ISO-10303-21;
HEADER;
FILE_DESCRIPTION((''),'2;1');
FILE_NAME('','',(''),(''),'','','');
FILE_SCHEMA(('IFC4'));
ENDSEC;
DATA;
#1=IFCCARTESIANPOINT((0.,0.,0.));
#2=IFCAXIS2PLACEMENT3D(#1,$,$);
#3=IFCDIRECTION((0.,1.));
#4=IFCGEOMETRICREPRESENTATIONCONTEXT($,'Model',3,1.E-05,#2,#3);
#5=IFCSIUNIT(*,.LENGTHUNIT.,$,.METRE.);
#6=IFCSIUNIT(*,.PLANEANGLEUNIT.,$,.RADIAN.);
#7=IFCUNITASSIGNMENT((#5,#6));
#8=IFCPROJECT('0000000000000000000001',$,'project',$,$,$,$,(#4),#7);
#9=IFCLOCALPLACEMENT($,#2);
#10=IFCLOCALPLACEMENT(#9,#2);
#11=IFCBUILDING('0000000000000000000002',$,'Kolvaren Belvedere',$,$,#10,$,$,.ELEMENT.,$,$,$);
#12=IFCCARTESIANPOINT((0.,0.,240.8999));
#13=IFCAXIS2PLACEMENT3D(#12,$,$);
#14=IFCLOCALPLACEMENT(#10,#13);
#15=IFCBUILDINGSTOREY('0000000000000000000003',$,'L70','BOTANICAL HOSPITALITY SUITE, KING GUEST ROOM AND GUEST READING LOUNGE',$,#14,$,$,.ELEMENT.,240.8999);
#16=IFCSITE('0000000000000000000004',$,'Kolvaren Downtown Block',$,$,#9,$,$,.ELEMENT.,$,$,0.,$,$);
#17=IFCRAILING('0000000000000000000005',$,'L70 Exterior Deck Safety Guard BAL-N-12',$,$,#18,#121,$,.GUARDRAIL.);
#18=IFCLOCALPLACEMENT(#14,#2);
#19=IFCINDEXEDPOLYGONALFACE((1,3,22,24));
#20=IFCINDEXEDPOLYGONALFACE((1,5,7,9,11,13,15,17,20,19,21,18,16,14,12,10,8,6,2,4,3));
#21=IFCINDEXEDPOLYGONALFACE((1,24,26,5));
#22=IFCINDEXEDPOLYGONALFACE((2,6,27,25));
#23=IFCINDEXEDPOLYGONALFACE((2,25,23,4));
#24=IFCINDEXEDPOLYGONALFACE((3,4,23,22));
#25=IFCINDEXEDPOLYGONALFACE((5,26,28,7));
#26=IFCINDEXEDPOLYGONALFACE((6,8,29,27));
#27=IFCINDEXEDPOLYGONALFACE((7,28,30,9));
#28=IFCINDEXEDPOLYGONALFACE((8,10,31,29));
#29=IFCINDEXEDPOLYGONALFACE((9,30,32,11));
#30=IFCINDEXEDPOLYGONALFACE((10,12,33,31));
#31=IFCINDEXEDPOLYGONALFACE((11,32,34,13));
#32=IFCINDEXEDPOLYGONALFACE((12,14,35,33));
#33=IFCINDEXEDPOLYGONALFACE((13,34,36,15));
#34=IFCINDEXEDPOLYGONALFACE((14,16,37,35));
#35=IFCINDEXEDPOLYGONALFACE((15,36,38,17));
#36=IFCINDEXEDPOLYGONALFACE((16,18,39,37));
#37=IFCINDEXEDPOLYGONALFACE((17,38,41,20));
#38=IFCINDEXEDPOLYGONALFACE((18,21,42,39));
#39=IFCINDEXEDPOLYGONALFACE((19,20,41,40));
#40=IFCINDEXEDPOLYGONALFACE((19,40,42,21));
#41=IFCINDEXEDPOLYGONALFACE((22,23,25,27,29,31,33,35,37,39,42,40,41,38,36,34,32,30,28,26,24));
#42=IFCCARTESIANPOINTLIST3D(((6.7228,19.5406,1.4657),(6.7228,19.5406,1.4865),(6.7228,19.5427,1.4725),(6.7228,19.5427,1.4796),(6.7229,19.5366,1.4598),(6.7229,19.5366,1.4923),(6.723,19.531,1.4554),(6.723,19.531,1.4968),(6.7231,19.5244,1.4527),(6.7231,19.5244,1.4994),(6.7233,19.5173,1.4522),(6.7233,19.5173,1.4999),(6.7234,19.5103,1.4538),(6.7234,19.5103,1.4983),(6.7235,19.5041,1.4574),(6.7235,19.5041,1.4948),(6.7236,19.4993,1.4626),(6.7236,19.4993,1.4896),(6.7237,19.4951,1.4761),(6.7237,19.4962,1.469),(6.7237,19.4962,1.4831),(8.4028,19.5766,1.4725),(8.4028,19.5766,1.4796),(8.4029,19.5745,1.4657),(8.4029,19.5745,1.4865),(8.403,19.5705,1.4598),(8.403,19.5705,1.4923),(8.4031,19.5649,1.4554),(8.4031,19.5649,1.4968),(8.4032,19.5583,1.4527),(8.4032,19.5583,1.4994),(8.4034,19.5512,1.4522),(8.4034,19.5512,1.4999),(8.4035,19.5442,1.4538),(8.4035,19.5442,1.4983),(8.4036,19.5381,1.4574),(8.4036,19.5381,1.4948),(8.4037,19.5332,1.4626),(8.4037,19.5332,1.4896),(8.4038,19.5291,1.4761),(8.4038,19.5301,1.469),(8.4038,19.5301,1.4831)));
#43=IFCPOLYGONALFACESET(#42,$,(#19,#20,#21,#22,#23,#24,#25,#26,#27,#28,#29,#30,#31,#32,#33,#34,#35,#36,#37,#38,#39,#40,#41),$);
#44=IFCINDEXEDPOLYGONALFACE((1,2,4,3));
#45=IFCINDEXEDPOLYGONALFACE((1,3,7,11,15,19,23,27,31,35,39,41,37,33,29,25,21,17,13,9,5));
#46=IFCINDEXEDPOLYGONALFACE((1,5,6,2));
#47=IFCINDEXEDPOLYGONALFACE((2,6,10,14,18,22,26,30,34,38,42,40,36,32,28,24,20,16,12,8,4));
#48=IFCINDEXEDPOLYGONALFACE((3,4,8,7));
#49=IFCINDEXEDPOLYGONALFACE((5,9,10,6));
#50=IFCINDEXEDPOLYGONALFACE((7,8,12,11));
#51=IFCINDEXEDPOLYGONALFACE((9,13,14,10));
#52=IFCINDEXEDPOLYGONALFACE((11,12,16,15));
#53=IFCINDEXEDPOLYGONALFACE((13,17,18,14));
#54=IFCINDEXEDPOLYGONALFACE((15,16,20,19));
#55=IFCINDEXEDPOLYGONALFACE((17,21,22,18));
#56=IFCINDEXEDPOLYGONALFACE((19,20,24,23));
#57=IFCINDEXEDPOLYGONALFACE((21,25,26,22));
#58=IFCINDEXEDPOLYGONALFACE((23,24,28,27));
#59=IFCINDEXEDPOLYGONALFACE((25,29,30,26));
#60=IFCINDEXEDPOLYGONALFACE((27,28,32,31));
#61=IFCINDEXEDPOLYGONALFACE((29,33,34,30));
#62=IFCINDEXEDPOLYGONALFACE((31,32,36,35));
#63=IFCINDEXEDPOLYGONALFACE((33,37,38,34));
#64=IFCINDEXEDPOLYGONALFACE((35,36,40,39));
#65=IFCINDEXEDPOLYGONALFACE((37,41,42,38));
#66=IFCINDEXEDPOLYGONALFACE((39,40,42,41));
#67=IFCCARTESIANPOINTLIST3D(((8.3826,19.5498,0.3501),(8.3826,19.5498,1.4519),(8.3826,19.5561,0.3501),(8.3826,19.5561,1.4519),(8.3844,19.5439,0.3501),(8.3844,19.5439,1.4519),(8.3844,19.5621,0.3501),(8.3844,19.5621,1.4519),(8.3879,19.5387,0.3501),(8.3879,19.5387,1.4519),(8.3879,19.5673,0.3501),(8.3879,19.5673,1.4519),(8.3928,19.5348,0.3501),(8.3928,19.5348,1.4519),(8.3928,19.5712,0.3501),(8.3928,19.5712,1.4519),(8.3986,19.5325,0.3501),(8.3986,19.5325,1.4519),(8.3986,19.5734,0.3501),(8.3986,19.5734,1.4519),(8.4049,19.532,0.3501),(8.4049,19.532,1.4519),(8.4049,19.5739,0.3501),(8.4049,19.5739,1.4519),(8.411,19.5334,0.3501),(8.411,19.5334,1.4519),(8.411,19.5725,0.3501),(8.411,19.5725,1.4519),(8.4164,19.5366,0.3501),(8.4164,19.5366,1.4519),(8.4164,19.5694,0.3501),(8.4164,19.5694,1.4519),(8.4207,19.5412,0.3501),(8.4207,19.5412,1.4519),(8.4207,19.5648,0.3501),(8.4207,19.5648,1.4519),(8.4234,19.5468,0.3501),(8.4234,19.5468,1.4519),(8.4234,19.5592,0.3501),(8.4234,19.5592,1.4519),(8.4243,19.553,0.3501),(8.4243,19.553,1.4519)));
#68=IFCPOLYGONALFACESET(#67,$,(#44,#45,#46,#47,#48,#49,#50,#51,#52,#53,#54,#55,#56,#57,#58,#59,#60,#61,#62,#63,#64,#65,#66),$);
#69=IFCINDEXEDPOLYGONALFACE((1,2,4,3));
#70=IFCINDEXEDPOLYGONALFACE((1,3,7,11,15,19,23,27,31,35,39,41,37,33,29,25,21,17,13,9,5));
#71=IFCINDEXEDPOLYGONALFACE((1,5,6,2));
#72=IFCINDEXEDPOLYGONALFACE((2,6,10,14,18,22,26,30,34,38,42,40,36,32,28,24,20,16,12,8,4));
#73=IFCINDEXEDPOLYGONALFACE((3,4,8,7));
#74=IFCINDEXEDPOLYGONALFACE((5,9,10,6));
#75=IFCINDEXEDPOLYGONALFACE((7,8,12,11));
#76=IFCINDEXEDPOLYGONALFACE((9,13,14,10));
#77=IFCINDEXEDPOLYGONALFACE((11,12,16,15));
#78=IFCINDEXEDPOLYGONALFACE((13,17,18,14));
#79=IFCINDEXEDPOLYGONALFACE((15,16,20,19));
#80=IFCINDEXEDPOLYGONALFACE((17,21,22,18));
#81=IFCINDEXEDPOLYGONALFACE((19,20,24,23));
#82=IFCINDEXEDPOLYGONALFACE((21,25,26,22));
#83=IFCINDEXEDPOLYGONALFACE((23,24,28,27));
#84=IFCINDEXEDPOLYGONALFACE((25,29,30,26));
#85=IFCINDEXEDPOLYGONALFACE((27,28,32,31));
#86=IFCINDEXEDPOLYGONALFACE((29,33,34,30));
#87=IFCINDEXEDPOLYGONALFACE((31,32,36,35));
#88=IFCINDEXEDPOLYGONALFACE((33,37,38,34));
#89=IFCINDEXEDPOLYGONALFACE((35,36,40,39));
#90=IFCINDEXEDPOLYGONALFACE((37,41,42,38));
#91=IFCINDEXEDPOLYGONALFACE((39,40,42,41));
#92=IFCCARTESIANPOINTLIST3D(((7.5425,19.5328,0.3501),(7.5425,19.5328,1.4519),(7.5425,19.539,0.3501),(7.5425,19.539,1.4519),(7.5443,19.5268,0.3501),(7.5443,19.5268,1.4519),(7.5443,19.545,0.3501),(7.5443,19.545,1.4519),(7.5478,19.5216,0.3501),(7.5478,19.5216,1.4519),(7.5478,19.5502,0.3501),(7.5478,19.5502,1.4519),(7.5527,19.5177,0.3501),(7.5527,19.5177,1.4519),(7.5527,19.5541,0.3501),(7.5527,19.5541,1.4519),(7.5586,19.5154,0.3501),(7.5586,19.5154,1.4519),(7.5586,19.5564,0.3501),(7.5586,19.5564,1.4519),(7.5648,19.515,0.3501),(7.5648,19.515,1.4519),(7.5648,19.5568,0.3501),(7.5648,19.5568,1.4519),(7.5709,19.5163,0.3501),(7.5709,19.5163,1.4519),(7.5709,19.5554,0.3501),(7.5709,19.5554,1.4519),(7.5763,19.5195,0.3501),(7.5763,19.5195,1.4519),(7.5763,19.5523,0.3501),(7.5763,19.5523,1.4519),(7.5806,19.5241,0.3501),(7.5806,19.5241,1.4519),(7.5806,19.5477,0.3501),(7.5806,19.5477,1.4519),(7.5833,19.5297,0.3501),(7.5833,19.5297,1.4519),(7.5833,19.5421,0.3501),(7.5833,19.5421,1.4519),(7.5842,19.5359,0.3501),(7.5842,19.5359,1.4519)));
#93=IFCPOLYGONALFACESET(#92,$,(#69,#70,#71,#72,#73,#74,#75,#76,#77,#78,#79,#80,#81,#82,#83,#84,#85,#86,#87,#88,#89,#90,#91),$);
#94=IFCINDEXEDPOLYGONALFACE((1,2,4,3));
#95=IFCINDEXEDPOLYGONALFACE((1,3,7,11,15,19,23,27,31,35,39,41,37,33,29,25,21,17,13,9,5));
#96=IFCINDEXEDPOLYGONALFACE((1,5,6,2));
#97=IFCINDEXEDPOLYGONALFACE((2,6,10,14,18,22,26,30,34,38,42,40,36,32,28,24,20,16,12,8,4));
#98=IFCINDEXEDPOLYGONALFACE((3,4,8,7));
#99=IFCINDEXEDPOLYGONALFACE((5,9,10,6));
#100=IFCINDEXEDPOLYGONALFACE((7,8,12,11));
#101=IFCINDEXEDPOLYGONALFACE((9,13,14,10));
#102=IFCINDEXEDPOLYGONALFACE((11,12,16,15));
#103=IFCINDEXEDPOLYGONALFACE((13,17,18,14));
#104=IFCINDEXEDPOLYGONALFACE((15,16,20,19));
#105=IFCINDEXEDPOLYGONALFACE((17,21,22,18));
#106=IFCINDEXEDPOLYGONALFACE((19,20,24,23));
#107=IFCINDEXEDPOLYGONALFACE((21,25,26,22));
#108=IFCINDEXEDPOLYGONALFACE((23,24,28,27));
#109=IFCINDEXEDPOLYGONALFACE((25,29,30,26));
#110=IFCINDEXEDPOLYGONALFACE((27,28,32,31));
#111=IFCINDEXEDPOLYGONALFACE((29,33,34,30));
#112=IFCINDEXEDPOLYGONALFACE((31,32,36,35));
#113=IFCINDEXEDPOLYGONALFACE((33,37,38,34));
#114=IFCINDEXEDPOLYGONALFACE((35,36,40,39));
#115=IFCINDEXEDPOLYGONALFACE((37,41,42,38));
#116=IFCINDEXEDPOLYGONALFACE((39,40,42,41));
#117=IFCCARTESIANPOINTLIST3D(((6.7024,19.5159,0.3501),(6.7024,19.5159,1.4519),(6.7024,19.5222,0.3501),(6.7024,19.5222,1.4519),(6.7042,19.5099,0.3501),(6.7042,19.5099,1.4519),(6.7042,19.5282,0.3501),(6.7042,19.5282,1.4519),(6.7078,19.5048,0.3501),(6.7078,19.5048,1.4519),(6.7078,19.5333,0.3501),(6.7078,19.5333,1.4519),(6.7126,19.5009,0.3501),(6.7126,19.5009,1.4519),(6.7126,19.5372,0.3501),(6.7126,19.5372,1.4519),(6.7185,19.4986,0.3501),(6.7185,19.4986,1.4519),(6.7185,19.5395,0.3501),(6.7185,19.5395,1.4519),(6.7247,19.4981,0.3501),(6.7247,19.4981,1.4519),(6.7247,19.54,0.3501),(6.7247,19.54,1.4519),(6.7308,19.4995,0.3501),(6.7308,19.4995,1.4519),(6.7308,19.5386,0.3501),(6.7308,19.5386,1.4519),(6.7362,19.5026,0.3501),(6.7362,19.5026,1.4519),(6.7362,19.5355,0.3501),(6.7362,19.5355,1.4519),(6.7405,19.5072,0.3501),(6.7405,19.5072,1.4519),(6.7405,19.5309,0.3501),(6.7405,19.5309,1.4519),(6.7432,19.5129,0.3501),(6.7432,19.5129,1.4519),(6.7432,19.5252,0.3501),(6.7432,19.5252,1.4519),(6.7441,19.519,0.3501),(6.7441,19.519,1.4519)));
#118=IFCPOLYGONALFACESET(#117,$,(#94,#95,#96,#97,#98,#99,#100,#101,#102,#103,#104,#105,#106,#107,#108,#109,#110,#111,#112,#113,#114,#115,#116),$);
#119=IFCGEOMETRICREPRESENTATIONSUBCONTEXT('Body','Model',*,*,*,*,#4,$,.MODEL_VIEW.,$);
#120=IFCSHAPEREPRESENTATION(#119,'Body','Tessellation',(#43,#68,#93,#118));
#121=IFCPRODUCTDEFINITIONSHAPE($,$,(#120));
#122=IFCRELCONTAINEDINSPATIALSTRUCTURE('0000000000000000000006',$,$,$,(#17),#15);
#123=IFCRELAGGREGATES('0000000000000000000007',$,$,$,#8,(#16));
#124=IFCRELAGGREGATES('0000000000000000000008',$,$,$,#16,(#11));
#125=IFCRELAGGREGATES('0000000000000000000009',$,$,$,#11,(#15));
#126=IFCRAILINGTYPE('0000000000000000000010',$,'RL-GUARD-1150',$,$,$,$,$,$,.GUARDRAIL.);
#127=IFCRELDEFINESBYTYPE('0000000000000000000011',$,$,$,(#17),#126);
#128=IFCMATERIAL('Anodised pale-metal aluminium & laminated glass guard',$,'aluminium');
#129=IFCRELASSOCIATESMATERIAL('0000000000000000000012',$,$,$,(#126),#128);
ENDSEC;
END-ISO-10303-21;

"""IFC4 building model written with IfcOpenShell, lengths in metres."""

from ifc_helpers import new_model, si_unit, direction, frame, origin, origin_2d, place, context, subcontext, project, spatial, circle, extrude, material, type_object, element, save


model = new_model("IFC4")

# Units and contexts
model_context = context("Model", 3, precision=1e-05, world=origin(), true_north=direction((0.0, 1.0)))
body_context = subcontext(model_context, "Body", "Model", "MODEL_VIEW")
ifc_project = project(units=[si_unit("LENGTHUNIT", "METRE"), si_unit("PLANEANGLEUNIT", "RADIAN")], contexts=[model_context])

# Site, building, storey
site_placement = place(None, origin())
site = spatial("IfcSite", under=ifc_project, at=site_placement, Name="Kolvaren Downtown Block", CompositionType="ELEMENT", RefElevation=0.0)
building_placement = place(site_placement, origin())
building = spatial("IfcBuilding", under=site, at=building_placement, Name="Kolvaren Belvedere", CompositionType="ELEMENT")
storey_placement = place(building_placement, frame((0.0, 0.0, 240.8999)))
storey = spatial("IfcBuildingStorey", under=building, at=storey_placement, Name="L70", Description="BOTANICAL HOSPITALITY SUITE, KING GUEST ROOM AND GUEST READING LOUNGE", CompositionType="ELEMENT", Elevation=240.8999)

# Railing
ifc_material_1 = material(Name="Anodised pale-metal aluminium & laminated glass guard", Category="aluminium")
railing_type = type_object("IfcRailingType", Name="RL-GUARD-1150", PredefinedType="GUARDRAIL", material=ifc_material_1)
railing_1_placement = place(storey_placement, frame((8.4033, 19.553, 0.3501)))
element("IfcRailing", 1, at=railing_1_placement, inside=storey, type_object=railing_type, Name="L70 Exterior Deck Safety Guard BAL-N-12", PredefinedType="GUARDRAIL", context=body_context, shape_type="SweptSolid", body=[
    extrude(circle(Radius=0.0239, at=origin_2d()), frame((0.0, 0.0, 1.126), z_axis=(-0.999796, -0.020193, 0.0), x_axis=(0.020193, -0.999796, 0.0)), (0.0, 0.0, 1.0), 1.6804),
    extrude(circle(Radius=0.021, at=origin_2d()), origin(), (0.0, 0.0, 1.0), 1.1018),
    extrude(circle(Radius=0.021, at=origin_2d()), frame((-0.8401, -0.0171, 0.0)), (0.0, 0.0, 1.0), 1.1018),
    extrude(circle(Radius=0.021, at=origin_2d()), frame((-1.6802, -0.0339, 0.0)), (0.0, 0.0, 1.0), 1.1018),
])

save(model, "model.ifc")
